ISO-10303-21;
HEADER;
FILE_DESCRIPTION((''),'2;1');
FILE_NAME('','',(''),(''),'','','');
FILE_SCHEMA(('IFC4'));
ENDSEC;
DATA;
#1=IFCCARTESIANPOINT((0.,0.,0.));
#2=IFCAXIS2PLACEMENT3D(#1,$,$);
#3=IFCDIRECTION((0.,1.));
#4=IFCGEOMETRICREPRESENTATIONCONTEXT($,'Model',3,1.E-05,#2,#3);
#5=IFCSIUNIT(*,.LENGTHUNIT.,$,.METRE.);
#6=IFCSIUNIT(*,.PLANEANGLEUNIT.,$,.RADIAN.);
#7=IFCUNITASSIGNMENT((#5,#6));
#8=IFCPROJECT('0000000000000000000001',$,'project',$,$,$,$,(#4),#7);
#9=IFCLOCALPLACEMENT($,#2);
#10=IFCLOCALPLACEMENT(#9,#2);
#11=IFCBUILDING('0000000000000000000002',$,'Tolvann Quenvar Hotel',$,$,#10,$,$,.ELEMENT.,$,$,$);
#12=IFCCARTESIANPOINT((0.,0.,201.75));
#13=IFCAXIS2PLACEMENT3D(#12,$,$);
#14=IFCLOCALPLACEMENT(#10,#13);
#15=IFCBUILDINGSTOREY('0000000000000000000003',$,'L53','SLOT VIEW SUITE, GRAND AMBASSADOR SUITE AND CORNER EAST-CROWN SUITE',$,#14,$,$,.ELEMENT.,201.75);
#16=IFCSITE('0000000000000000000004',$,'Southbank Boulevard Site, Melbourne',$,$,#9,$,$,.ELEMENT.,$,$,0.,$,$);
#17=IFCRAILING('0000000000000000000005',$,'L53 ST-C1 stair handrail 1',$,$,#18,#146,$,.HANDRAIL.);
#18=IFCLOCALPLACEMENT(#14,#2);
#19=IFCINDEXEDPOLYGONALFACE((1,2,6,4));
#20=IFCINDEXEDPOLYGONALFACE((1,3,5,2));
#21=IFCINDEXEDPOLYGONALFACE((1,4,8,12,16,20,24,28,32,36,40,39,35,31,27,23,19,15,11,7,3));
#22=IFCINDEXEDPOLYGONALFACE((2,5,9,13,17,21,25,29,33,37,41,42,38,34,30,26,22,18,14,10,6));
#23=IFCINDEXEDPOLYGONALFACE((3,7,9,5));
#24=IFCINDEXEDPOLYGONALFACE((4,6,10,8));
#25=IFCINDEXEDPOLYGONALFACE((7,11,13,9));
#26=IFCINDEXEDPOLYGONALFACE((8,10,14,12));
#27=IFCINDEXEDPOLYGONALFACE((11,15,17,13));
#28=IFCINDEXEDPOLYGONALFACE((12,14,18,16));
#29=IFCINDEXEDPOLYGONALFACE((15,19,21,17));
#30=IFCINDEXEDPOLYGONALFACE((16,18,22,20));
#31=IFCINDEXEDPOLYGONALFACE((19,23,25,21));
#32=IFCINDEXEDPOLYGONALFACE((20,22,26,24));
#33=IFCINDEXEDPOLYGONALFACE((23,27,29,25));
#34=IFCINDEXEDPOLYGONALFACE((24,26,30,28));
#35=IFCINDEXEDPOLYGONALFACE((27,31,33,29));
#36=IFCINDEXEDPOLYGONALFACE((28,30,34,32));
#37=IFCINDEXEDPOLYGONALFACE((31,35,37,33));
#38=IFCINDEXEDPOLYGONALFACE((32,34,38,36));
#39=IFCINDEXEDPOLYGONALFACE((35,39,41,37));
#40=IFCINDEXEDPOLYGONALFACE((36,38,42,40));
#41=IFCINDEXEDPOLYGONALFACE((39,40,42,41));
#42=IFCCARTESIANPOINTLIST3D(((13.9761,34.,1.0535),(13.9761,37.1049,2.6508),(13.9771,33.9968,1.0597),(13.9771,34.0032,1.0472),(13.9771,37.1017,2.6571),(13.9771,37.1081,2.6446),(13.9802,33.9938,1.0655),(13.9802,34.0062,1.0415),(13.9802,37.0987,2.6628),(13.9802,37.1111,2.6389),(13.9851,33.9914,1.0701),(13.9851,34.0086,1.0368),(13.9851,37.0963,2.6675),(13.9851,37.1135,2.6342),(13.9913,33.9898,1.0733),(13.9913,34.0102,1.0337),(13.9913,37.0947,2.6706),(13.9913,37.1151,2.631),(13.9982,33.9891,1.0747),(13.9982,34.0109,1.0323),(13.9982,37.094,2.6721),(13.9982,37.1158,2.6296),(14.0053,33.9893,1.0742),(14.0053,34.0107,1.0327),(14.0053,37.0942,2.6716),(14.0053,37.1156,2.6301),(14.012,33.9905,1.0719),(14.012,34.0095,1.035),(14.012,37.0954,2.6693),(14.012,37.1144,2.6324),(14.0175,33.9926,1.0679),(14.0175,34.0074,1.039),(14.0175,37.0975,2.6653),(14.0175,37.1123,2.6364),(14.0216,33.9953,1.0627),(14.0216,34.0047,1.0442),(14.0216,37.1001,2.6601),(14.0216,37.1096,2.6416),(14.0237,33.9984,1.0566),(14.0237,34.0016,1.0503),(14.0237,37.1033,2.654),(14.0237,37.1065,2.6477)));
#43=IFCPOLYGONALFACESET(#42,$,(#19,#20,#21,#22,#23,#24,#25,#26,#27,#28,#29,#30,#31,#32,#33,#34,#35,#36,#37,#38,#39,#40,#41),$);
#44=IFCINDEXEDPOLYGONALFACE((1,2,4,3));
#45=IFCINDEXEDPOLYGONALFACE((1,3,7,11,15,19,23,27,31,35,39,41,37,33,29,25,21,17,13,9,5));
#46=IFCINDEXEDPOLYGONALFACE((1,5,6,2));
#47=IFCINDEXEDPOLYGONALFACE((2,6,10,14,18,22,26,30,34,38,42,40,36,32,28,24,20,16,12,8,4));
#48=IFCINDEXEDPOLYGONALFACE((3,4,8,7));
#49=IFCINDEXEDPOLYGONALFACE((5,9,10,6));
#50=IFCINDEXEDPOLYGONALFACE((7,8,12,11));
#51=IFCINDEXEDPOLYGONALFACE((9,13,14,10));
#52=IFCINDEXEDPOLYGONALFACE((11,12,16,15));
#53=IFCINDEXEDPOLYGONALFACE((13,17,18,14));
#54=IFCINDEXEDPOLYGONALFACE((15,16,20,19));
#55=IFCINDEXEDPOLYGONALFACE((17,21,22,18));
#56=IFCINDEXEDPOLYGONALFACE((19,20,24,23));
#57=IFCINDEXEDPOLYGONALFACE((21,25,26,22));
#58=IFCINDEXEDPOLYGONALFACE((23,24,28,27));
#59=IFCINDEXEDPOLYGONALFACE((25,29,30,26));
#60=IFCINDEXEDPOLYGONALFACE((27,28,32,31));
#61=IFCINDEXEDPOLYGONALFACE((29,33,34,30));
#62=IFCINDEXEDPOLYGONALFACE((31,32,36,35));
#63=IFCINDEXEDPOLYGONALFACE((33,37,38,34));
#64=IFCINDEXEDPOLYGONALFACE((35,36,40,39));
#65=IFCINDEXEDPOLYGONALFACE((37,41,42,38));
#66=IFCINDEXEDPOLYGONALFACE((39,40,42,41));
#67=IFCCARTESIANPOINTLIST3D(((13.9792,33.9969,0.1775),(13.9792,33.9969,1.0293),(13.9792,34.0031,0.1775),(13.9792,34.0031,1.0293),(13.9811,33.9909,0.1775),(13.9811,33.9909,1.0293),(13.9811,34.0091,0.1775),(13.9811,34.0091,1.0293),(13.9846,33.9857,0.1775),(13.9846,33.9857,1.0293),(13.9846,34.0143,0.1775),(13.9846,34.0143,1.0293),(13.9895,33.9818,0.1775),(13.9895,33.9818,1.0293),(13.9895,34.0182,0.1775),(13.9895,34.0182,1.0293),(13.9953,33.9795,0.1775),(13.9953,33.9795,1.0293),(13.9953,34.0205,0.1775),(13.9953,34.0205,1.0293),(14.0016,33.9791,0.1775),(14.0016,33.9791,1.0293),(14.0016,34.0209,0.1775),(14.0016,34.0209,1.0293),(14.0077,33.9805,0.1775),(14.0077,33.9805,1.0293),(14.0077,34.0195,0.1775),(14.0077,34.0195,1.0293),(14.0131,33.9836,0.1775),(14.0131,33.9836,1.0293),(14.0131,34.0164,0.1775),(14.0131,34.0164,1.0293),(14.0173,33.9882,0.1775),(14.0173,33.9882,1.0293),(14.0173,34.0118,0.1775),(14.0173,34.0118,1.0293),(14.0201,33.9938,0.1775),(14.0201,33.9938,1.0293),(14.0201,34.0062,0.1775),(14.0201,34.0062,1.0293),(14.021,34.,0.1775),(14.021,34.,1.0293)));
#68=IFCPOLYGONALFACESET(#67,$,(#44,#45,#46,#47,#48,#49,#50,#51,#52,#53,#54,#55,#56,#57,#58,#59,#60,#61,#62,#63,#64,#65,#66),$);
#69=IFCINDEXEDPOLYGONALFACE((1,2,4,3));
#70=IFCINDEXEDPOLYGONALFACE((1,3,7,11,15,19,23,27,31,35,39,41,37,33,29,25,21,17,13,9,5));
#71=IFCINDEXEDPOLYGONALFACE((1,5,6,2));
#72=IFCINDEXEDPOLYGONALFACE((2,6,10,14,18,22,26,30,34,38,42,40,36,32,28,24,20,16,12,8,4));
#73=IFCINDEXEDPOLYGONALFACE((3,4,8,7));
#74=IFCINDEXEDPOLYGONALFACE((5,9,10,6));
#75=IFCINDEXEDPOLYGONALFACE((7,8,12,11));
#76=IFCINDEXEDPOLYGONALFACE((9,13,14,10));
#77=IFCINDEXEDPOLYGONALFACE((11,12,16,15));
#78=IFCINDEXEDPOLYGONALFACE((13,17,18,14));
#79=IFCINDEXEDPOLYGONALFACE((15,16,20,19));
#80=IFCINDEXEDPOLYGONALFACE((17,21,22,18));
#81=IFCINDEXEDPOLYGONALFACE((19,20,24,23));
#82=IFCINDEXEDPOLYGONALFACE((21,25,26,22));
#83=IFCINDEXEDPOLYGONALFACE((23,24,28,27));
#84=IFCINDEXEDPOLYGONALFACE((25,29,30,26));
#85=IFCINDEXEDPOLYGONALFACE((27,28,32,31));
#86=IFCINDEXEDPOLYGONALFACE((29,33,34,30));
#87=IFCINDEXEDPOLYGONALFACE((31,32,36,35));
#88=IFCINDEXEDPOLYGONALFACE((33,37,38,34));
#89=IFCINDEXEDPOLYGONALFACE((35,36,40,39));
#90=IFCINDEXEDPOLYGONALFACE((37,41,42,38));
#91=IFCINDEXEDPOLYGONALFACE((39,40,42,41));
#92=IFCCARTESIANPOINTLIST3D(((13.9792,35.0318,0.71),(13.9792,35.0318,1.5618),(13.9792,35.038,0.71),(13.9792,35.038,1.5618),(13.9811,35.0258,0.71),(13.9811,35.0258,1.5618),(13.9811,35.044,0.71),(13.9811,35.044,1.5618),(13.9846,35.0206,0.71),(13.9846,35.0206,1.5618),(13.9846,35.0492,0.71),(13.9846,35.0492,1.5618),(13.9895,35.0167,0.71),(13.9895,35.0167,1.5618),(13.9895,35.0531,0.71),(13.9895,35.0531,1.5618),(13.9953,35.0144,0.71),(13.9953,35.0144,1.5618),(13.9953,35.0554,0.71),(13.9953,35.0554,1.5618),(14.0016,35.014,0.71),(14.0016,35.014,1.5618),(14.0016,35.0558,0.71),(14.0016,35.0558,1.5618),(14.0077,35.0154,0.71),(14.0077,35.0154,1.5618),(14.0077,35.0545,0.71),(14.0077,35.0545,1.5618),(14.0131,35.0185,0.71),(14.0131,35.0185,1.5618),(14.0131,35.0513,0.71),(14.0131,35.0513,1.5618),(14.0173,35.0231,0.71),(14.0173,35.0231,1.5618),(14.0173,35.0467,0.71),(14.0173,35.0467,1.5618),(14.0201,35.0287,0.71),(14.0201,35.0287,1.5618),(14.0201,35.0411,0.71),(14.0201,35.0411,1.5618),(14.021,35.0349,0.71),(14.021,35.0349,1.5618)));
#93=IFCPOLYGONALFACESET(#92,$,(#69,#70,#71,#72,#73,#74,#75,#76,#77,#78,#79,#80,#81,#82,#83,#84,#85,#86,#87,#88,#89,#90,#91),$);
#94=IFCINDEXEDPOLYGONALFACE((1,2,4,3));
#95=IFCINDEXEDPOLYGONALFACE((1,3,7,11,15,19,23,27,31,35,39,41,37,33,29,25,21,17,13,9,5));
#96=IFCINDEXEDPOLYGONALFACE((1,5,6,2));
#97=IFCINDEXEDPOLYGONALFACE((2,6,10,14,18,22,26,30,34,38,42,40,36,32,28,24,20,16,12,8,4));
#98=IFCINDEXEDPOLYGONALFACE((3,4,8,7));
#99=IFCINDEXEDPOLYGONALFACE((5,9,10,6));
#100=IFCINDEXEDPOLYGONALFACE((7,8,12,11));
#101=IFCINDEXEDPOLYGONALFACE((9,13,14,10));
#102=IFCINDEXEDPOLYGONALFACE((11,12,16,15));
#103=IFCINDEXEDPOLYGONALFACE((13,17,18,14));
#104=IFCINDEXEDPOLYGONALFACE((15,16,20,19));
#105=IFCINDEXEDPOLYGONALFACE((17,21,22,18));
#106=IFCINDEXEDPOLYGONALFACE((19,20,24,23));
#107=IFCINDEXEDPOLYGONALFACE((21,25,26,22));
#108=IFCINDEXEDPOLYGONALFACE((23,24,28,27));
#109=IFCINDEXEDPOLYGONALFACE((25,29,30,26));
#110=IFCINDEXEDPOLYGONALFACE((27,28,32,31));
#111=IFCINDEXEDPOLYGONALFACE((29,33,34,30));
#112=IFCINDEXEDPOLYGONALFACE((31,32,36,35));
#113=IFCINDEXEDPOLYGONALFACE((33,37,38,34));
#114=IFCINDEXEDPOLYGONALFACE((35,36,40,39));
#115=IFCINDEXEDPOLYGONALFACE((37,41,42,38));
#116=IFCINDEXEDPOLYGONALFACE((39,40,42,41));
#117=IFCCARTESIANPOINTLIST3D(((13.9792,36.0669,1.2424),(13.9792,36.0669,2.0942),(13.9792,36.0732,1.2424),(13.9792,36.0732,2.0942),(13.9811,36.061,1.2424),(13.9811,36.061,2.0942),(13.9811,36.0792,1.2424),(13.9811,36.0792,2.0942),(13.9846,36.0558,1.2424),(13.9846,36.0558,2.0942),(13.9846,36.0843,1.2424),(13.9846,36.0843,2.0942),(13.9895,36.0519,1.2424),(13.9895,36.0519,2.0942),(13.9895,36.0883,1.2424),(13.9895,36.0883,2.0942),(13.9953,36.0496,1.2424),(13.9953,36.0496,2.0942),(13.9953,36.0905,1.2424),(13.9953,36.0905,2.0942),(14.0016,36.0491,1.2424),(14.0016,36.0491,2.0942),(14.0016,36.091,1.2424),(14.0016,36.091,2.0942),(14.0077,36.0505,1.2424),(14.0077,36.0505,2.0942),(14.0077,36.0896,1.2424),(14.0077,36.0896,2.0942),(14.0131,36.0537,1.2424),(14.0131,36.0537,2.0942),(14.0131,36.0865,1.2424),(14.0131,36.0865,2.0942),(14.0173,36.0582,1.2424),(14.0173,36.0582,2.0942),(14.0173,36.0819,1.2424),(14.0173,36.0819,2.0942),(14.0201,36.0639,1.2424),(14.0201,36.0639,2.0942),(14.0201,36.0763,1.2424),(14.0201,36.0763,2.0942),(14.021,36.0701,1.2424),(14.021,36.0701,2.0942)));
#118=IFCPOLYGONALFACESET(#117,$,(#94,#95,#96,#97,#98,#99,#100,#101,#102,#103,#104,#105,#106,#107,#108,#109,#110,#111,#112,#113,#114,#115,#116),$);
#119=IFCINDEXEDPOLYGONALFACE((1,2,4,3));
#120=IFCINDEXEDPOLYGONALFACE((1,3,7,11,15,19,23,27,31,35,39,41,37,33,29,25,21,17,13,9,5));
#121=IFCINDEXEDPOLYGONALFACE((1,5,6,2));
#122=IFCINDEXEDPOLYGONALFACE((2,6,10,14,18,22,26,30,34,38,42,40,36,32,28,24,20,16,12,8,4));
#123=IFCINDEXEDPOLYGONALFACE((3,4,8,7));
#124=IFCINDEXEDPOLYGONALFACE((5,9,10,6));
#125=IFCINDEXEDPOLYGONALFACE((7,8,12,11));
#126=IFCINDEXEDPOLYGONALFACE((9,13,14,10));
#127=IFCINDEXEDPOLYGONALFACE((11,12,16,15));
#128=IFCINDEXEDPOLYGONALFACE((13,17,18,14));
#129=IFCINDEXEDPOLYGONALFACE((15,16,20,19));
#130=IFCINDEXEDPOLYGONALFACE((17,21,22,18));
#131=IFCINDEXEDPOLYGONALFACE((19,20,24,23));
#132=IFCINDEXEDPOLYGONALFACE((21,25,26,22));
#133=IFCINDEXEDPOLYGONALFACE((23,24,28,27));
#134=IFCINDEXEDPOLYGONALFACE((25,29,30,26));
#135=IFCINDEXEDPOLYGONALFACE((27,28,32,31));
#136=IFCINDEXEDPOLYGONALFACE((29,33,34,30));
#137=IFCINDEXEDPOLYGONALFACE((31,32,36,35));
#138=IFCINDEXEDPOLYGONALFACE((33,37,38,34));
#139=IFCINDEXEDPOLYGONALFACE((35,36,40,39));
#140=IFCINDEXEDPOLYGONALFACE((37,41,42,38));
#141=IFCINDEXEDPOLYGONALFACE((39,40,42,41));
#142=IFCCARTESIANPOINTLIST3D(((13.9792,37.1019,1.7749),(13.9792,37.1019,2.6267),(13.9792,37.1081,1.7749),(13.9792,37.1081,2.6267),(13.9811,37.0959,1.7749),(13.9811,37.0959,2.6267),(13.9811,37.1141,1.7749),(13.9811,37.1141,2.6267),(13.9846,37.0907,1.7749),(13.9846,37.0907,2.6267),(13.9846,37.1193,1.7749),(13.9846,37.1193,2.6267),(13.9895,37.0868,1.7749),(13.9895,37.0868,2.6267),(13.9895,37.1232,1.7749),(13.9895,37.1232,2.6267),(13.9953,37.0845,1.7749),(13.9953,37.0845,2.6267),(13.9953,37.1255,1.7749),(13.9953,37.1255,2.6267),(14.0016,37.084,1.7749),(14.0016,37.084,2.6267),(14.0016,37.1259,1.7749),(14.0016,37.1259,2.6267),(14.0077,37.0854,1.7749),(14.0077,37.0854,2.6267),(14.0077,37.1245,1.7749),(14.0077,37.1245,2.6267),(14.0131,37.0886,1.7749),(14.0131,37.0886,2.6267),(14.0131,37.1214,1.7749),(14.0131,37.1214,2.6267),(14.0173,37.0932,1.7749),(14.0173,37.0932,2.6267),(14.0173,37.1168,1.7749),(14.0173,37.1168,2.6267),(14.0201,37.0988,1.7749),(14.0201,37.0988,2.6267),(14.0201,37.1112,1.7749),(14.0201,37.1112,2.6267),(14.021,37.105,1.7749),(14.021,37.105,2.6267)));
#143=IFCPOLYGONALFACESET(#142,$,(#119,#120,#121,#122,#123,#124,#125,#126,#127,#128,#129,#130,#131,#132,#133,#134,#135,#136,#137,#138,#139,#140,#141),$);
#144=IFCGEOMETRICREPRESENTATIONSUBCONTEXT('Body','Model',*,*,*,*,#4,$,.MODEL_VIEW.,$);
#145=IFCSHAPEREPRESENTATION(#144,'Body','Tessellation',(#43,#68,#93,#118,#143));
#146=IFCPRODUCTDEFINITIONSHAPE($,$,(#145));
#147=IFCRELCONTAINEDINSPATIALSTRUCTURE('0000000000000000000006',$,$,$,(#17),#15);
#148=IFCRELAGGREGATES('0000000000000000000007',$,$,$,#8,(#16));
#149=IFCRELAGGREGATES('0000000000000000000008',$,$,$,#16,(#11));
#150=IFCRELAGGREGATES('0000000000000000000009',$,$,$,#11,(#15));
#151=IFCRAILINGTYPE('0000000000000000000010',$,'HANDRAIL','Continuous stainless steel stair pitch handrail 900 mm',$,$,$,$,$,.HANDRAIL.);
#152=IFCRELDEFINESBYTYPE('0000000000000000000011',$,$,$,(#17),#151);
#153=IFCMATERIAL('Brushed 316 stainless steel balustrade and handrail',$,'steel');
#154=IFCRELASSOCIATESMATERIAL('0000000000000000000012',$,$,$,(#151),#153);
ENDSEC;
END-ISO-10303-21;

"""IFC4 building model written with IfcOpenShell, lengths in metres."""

from ifc_helpers import new_model, si_unit, direction, frame, origin, origin_2d, place, context, subcontext, project, spatial, circle, extrude, material, type_object, element, save


model = new_model("IFC4")

# Units and contexts
model_context = context("Model", 3, precision=1e-05, world=origin(), true_north=direction((0.0, 1.0)))
body_context = subcontext(model_context, "Body", "Model", "MODEL_VIEW")
ifc_project = project(units=[si_unit("LENGTHUNIT", "METRE"), si_unit("PLANEANGLEUNIT", "RADIAN")], contexts=[model_context])

# Site, building, storey
site_placement = place(None, origin())
site = spatial("IfcSite", under=ifc_project, at=site_placement, Name="Southbank Boulevard Site, Melbourne", CompositionType="ELEMENT", RefElevation=0.0)
building_placement = place(site_placement, origin())
building = spatial("IfcBuilding", under=site, at=building_placement, Name="Tolvann Quenvar Hotel", CompositionType="ELEMENT")
storey_placement = place(building_placement, frame((0.0, 0.0, 201.75)))
storey = spatial("IfcBuildingStorey", under=building, at=storey_placement, Name="L53", Description="SLOT VIEW SUITE, GRAND AMBASSADOR SUITE AND CORNER EAST-CROWN SUITE", CompositionType="ELEMENT", Elevation=201.75)

# Railing
ifc_material_1 = material(Name="Brushed 316 stainless steel balustrade and handrail", Category="steel")
railing_type_1 = type_object("IfcRailingType", Name="HANDRAIL", Description="Continuous stainless steel stair pitch handrail 900 mm", PredefinedType="HANDRAIL", material=ifc_material_1)
railing_1_placement = place(storey_placement, frame((14.0, 34.0, 0.1775)))
element("IfcRailing", 1, at=railing_1_placement, inside=storey, type_object=railing_type_1, Name="L53 ST-C1 stair handrail 1", PredefinedType="HANDRAIL", context=body_context, shape_type="SweptSolid", body=[
    extrude(circle(Radius=0.0239, at=origin_2d()), frame((0.0, 0.0, 0.876), z_axis=(0.0, 0.889222, 0.457476), x_axis=(-1.0, 0.0, 0.0)), (0.0, 0.0, 1.0), 3.4917),
    extrude(circle(Radius=0.021, at=origin_2d()), origin(), (0.0, 0.0, 1.0), 0.8518),
    extrude(circle(Radius=0.021, at=origin_2d()), frame((0.0, 1.0349, 0.5325)), (0.0, 0.0, 1.0), 0.8518),
    extrude(circle(Radius=0.021, at=origin_2d()), frame((0.0, 2.0701, 1.0649)), (0.0, 0.0, 1.0), 0.8518),
    extrude(circle(Radius=0.021, at=origin_2d()), frame((0.0, 3.105, 1.5974)), (0.0, 0.0, 1.0), 0.8518),
])

save(model, "model.ifc")
